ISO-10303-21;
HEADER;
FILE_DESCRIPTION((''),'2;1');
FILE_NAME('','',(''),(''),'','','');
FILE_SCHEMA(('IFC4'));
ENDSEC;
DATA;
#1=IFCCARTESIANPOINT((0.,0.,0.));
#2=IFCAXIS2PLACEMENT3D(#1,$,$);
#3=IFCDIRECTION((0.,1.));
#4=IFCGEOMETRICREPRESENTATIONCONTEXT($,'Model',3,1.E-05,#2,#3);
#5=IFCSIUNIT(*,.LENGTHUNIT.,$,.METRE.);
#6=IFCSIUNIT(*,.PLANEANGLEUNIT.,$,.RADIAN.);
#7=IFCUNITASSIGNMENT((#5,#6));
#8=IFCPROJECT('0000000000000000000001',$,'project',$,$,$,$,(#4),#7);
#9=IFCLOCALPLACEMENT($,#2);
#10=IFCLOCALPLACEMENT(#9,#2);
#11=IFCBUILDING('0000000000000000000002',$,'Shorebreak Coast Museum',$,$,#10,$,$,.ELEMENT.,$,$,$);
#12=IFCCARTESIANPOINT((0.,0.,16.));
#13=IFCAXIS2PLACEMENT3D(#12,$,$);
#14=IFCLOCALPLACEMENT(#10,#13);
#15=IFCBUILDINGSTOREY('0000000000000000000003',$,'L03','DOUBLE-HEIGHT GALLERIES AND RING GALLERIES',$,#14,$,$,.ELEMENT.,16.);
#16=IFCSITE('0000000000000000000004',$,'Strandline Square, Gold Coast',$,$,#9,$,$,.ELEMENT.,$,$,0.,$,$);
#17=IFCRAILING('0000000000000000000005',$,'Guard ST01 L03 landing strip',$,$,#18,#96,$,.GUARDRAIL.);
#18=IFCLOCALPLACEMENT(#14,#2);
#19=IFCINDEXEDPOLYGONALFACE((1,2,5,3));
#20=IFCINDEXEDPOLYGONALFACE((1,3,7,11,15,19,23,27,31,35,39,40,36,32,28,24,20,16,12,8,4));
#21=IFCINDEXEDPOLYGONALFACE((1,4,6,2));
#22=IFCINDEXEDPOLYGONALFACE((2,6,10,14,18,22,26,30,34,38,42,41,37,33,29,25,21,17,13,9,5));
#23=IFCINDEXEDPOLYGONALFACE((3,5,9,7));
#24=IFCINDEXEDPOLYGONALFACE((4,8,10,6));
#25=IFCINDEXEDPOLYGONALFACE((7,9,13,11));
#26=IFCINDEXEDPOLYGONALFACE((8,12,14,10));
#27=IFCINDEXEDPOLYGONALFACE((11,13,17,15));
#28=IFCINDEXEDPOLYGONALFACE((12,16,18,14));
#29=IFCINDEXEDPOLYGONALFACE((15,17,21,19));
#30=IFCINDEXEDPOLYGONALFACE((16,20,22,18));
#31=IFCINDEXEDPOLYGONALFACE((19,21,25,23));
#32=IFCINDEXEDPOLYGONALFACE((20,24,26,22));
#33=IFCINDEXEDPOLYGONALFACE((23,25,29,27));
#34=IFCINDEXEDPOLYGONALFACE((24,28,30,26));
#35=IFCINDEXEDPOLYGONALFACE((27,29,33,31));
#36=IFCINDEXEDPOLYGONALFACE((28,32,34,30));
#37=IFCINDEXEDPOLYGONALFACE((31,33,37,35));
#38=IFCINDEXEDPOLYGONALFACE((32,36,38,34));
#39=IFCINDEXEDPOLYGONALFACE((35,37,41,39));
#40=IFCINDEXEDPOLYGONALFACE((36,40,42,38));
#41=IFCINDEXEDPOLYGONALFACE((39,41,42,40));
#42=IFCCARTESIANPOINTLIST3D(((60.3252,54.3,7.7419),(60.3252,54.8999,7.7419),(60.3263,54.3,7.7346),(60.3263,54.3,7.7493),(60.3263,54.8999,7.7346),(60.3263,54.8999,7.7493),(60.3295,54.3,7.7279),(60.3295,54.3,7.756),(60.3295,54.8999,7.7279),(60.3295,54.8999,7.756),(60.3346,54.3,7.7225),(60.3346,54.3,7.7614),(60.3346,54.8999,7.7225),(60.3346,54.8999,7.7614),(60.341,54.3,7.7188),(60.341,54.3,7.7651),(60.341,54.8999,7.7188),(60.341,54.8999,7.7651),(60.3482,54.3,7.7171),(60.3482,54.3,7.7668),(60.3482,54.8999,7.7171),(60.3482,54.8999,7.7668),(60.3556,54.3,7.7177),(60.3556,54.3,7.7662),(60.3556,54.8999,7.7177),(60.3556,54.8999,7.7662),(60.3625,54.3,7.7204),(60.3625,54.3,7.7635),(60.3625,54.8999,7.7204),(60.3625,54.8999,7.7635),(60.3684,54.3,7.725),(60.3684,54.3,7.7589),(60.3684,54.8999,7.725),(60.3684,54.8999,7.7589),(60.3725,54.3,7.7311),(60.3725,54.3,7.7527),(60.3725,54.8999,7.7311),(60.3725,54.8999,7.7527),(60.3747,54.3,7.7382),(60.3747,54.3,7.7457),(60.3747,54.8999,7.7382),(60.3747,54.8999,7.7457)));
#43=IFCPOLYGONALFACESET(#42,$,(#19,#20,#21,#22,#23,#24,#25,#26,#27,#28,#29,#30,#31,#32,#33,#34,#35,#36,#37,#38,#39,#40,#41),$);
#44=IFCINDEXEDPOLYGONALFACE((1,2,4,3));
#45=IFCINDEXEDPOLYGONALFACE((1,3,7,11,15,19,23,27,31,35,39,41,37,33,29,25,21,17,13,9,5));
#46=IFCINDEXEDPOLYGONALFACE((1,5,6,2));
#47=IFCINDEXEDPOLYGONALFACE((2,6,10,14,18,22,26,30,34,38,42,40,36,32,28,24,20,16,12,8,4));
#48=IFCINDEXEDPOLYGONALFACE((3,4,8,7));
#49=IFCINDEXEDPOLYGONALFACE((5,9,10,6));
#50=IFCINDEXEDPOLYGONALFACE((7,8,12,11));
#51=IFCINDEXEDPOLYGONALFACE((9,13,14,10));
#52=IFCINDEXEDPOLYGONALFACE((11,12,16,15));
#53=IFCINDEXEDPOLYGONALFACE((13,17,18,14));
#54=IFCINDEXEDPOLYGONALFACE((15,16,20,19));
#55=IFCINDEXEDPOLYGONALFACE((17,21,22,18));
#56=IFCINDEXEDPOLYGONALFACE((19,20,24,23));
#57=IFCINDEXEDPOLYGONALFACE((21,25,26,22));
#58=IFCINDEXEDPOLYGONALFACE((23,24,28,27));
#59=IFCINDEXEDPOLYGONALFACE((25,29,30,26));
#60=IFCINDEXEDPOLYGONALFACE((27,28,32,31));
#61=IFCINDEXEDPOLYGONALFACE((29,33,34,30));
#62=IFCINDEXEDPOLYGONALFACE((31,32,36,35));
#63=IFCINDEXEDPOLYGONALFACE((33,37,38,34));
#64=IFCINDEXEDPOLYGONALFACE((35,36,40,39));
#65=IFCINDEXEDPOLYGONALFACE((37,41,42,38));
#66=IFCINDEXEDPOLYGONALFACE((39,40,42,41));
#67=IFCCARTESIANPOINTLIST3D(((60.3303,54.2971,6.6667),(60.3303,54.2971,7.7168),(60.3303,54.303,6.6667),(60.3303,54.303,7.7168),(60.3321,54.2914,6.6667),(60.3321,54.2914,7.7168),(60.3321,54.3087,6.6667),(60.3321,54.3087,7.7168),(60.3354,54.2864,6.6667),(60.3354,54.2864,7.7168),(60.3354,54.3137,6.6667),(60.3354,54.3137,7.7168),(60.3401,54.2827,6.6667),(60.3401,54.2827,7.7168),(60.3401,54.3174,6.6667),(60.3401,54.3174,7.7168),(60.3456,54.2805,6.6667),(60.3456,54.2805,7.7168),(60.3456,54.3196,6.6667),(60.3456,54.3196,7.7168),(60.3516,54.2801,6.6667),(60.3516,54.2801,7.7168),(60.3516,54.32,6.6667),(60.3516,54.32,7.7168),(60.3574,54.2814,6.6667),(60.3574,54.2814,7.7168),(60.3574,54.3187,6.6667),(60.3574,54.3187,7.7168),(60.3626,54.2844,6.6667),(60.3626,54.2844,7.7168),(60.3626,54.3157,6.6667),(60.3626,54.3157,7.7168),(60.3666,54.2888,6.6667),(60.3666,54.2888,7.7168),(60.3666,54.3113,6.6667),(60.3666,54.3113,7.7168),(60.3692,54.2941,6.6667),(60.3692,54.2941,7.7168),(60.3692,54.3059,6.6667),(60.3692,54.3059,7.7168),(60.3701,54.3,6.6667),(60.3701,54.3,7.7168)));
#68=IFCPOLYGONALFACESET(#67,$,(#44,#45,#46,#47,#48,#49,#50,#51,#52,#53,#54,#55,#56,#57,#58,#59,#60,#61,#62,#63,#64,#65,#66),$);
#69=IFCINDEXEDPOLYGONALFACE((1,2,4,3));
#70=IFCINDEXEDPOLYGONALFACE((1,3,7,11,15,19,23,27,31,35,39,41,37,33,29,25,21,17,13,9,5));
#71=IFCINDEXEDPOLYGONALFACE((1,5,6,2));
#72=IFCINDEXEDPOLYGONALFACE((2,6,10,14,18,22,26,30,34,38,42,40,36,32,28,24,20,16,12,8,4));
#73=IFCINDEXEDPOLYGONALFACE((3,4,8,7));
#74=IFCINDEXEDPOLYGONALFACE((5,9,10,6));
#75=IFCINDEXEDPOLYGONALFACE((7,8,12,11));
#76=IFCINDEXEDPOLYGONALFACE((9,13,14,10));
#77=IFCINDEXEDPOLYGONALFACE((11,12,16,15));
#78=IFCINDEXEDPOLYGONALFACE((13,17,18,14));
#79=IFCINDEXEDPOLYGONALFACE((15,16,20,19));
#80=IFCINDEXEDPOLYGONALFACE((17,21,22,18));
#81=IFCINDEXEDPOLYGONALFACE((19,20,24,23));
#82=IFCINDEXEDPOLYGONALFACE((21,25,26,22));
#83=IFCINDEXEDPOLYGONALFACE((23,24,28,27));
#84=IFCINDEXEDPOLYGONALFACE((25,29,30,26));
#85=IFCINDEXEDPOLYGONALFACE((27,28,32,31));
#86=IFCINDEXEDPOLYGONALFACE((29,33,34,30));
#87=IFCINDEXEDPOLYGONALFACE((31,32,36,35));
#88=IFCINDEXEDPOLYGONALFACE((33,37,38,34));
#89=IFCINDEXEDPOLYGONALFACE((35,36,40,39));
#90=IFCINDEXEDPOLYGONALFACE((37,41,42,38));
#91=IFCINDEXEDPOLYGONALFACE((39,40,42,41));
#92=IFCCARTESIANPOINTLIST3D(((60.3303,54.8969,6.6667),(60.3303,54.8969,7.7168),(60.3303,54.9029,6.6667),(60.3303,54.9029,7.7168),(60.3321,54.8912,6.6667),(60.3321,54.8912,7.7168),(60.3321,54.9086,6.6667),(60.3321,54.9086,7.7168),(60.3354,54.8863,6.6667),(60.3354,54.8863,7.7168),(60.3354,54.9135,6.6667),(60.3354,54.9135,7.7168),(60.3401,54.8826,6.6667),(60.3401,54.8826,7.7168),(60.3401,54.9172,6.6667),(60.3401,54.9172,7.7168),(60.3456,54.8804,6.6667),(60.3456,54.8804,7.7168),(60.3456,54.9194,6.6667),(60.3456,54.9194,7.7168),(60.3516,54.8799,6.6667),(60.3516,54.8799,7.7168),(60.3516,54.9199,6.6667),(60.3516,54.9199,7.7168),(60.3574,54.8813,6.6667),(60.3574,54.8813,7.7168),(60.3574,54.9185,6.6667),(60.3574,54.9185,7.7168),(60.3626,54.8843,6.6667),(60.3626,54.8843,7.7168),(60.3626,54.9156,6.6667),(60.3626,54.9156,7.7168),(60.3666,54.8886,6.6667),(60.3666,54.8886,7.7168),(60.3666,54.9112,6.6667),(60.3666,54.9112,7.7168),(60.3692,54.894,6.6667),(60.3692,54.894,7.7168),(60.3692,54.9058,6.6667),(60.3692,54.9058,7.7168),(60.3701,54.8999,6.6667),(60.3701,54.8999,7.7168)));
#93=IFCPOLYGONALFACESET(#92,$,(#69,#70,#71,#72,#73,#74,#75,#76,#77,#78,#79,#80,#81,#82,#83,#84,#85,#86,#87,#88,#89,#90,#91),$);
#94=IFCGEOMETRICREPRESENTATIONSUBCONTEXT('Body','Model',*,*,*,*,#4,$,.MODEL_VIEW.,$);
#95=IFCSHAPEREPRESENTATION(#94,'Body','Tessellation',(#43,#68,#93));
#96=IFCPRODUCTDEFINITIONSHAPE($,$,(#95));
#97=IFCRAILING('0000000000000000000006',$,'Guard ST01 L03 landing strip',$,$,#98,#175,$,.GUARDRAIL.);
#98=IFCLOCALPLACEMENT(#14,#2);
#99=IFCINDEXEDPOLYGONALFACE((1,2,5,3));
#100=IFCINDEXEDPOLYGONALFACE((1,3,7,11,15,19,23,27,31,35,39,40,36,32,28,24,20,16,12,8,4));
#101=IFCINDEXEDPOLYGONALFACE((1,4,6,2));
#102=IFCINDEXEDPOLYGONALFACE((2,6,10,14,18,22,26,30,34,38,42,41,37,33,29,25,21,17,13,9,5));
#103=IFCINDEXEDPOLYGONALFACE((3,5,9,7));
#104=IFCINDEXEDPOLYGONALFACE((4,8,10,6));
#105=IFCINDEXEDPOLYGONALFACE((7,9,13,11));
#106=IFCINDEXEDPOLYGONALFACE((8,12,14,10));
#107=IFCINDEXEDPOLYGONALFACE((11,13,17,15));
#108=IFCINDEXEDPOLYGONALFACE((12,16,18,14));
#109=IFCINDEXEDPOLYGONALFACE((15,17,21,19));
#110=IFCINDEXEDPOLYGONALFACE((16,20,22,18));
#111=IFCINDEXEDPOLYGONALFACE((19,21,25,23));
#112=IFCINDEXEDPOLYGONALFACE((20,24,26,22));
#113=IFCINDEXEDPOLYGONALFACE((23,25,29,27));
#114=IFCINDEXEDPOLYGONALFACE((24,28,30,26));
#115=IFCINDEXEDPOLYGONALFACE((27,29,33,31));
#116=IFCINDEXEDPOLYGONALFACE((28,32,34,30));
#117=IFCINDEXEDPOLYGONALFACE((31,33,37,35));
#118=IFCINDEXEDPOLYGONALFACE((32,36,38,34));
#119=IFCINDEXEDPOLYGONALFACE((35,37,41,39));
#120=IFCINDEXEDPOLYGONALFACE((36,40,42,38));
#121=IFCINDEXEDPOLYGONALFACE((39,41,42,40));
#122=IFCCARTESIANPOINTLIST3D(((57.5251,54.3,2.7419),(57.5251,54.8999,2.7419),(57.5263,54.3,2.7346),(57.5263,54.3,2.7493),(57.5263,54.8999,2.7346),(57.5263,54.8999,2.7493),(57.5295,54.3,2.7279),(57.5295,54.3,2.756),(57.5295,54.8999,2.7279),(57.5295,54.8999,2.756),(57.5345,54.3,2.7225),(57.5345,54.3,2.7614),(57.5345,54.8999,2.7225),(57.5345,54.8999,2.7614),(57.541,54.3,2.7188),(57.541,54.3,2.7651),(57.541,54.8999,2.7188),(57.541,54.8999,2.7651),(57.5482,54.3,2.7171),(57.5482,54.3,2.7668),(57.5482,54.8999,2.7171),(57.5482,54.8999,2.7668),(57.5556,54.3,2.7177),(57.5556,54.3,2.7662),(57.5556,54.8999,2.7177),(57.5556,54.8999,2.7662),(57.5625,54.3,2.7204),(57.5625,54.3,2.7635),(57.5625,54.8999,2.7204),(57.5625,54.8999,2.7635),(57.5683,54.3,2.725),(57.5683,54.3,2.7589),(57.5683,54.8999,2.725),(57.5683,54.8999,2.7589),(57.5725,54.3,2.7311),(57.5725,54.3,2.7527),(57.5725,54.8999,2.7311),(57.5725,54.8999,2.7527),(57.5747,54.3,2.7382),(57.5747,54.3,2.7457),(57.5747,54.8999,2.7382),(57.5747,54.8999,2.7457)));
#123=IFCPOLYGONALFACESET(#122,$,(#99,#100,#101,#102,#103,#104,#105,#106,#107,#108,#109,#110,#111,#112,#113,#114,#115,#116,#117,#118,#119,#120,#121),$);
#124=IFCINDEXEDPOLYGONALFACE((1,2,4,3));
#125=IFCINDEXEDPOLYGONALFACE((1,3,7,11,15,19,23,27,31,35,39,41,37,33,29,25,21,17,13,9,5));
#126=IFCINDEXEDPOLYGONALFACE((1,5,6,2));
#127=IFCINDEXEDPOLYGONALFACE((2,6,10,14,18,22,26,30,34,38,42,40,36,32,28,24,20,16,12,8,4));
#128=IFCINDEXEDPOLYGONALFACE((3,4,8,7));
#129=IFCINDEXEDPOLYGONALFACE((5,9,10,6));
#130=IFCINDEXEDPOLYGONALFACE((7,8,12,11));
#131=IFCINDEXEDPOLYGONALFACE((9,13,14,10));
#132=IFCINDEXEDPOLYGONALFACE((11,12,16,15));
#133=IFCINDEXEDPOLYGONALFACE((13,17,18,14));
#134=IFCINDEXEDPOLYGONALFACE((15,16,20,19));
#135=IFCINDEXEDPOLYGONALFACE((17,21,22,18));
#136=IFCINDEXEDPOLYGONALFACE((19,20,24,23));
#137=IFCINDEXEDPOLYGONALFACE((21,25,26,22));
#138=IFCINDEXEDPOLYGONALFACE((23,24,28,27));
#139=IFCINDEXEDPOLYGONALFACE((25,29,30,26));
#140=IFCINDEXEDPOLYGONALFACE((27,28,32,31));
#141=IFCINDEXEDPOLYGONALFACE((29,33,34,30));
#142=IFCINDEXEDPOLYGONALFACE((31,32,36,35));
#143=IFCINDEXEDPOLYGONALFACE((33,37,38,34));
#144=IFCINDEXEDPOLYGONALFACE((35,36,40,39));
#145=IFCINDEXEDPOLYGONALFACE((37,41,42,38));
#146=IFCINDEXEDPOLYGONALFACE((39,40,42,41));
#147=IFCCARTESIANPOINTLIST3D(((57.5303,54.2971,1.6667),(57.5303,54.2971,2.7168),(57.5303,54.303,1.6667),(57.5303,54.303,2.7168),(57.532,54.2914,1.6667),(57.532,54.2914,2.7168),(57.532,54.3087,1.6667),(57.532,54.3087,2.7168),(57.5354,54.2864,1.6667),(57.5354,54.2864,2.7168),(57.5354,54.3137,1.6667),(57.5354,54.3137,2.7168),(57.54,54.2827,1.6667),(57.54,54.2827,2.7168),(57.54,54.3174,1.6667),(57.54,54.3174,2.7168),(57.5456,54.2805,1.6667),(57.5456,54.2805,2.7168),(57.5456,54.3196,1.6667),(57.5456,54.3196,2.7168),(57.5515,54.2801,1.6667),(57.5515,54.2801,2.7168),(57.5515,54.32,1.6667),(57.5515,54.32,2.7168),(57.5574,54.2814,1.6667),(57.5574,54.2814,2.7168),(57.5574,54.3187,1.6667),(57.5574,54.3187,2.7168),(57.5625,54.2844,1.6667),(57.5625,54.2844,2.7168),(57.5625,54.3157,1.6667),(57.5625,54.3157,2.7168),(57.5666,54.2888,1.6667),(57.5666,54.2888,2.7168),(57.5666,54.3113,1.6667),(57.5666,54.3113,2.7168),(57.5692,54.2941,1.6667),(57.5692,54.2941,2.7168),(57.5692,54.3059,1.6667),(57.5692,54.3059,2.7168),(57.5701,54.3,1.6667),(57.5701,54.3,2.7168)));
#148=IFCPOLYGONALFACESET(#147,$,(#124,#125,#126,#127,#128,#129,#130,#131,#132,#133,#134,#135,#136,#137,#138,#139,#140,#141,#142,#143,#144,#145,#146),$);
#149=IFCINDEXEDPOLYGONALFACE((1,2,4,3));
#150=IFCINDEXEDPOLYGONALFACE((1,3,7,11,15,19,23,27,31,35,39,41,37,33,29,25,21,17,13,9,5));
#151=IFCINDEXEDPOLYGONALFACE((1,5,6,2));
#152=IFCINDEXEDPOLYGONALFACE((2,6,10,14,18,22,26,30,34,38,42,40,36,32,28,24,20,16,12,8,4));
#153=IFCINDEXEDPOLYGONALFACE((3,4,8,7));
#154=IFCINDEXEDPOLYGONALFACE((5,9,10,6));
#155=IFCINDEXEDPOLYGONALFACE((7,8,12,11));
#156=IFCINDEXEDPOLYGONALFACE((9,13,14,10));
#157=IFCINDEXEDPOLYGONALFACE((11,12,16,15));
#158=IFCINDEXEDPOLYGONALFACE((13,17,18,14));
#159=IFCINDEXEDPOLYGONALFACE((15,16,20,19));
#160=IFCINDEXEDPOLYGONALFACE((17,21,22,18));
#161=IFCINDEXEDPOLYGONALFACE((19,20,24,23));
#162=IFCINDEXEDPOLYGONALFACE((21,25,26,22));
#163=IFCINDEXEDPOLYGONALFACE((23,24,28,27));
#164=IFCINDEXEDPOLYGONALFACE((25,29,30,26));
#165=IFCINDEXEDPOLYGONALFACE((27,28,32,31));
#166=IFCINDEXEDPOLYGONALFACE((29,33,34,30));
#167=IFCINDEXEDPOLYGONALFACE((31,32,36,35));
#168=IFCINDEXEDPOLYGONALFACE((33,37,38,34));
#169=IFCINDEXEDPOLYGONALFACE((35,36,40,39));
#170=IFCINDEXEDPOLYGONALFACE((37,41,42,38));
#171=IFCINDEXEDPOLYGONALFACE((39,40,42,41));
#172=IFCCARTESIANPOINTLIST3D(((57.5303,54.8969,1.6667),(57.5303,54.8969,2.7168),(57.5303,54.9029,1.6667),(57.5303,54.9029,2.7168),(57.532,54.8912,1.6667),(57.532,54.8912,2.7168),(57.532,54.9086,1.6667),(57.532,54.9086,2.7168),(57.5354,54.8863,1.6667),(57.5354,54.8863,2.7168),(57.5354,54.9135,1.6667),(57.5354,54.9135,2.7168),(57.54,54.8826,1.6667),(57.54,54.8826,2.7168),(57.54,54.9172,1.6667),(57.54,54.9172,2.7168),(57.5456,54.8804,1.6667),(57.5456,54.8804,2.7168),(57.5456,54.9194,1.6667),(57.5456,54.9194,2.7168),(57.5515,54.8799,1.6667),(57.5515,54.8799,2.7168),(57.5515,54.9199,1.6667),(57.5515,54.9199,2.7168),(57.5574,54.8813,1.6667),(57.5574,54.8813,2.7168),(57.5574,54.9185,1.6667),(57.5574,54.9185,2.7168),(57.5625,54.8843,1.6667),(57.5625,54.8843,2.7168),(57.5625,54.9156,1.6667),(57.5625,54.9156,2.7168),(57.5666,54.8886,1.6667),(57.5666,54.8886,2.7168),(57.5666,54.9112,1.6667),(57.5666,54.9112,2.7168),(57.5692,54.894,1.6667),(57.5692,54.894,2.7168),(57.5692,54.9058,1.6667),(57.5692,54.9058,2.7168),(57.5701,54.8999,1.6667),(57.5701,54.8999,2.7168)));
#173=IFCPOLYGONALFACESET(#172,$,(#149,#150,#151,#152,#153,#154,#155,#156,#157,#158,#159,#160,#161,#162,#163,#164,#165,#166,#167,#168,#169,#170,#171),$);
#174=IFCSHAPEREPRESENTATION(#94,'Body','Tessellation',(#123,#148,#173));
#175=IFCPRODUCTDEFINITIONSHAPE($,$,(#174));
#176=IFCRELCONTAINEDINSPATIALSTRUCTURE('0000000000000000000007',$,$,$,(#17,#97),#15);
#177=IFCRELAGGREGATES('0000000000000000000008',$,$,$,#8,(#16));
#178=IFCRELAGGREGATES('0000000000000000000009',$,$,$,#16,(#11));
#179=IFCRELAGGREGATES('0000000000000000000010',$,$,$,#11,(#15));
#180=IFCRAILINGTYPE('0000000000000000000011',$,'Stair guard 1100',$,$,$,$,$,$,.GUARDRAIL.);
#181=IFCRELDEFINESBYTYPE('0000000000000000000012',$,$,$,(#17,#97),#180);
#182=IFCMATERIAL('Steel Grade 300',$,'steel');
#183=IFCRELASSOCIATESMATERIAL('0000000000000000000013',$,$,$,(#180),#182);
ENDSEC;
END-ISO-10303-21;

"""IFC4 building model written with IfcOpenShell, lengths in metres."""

from ifc_helpers import new_model, si_unit, direction, frame, origin, origin_2d, place, context, subcontext, project, spatial, circle, extrude, material, type_object, element, save


model = new_model("IFC4")

# Units and contexts
model_context = context("Model", 3, precision=1e-05, world=origin(), true_north=direction((0.0, 1.0)))
body_context = subcontext(model_context, "Body", "Model", "MODEL_VIEW")
ifc_project = project(units=[si_unit("LENGTHUNIT", "METRE"), si_unit("PLANEANGLEUNIT", "RADIAN")], contexts=[model_context])

# Site, building, storey
site_placement = place(None, origin())
site = spatial("IfcSite", under=ifc_project, at=site_placement, Name="Strandline Square, Gold Coast", CompositionType="ELEMENT", RefElevation=0.0)
building_placement = place(site_placement, origin())
building = spatial("IfcBuilding", under=site, at=building_placement, Name="Shorebreak Coast Museum", CompositionType="ELEMENT")
storey_placement = place(building_placement, frame((0.0, 0.0, 16.0)))
storey = spatial("IfcBuildingStorey", under=building, at=storey_placement, Name="L03", Description="DOUBLE-HEIGHT GALLERIES AND RING GALLERIES", CompositionType="ELEMENT", Elevation=16.0)

# Railings
ifc_material_1 = material(Name="Steel Grade 300", Category="steel")
railing_type_1 = type_object("IfcRailingType", Name="Stair guard 1100", PredefinedType="GUARDRAIL", material=ifc_material_1)
for number, where, name in (
    (1, (60.3501, 54.3, 6.6667), "Guard ST01 L03 landing strip"),
    (2, (57.55, 54.3, 1.6667), "Guard ST01 L03 landing strip"),
):
    element("IfcRailing", number, at=place(storey_placement, frame(where)), inside=storey, type_object=railing_type_1, Name=name, PredefinedType="GUARDRAIL", context=body_context, shape_type="SweptSolid", body=[
        extrude(circle(Radius=0.0249, at=origin_2d()), frame((0.0, 0.0, 1.0752), z_axis=(0.0, 1.0, 0.0), x_axis=(-1.0, 0.0, 0.0)), (0.0, 0.0, 1.0), 0.5999),
        extrude(circle(Radius=0.02, at=origin_2d()), origin(), (0.0, 0.0, 1.0), 1.05),
        extrude(circle(Radius=0.02, at=origin_2d()), frame((0.0, 0.5999, 0.0)), (0.0, 0.0, 1.0), 1.05),
    ])

save(model, "model.ifc")
